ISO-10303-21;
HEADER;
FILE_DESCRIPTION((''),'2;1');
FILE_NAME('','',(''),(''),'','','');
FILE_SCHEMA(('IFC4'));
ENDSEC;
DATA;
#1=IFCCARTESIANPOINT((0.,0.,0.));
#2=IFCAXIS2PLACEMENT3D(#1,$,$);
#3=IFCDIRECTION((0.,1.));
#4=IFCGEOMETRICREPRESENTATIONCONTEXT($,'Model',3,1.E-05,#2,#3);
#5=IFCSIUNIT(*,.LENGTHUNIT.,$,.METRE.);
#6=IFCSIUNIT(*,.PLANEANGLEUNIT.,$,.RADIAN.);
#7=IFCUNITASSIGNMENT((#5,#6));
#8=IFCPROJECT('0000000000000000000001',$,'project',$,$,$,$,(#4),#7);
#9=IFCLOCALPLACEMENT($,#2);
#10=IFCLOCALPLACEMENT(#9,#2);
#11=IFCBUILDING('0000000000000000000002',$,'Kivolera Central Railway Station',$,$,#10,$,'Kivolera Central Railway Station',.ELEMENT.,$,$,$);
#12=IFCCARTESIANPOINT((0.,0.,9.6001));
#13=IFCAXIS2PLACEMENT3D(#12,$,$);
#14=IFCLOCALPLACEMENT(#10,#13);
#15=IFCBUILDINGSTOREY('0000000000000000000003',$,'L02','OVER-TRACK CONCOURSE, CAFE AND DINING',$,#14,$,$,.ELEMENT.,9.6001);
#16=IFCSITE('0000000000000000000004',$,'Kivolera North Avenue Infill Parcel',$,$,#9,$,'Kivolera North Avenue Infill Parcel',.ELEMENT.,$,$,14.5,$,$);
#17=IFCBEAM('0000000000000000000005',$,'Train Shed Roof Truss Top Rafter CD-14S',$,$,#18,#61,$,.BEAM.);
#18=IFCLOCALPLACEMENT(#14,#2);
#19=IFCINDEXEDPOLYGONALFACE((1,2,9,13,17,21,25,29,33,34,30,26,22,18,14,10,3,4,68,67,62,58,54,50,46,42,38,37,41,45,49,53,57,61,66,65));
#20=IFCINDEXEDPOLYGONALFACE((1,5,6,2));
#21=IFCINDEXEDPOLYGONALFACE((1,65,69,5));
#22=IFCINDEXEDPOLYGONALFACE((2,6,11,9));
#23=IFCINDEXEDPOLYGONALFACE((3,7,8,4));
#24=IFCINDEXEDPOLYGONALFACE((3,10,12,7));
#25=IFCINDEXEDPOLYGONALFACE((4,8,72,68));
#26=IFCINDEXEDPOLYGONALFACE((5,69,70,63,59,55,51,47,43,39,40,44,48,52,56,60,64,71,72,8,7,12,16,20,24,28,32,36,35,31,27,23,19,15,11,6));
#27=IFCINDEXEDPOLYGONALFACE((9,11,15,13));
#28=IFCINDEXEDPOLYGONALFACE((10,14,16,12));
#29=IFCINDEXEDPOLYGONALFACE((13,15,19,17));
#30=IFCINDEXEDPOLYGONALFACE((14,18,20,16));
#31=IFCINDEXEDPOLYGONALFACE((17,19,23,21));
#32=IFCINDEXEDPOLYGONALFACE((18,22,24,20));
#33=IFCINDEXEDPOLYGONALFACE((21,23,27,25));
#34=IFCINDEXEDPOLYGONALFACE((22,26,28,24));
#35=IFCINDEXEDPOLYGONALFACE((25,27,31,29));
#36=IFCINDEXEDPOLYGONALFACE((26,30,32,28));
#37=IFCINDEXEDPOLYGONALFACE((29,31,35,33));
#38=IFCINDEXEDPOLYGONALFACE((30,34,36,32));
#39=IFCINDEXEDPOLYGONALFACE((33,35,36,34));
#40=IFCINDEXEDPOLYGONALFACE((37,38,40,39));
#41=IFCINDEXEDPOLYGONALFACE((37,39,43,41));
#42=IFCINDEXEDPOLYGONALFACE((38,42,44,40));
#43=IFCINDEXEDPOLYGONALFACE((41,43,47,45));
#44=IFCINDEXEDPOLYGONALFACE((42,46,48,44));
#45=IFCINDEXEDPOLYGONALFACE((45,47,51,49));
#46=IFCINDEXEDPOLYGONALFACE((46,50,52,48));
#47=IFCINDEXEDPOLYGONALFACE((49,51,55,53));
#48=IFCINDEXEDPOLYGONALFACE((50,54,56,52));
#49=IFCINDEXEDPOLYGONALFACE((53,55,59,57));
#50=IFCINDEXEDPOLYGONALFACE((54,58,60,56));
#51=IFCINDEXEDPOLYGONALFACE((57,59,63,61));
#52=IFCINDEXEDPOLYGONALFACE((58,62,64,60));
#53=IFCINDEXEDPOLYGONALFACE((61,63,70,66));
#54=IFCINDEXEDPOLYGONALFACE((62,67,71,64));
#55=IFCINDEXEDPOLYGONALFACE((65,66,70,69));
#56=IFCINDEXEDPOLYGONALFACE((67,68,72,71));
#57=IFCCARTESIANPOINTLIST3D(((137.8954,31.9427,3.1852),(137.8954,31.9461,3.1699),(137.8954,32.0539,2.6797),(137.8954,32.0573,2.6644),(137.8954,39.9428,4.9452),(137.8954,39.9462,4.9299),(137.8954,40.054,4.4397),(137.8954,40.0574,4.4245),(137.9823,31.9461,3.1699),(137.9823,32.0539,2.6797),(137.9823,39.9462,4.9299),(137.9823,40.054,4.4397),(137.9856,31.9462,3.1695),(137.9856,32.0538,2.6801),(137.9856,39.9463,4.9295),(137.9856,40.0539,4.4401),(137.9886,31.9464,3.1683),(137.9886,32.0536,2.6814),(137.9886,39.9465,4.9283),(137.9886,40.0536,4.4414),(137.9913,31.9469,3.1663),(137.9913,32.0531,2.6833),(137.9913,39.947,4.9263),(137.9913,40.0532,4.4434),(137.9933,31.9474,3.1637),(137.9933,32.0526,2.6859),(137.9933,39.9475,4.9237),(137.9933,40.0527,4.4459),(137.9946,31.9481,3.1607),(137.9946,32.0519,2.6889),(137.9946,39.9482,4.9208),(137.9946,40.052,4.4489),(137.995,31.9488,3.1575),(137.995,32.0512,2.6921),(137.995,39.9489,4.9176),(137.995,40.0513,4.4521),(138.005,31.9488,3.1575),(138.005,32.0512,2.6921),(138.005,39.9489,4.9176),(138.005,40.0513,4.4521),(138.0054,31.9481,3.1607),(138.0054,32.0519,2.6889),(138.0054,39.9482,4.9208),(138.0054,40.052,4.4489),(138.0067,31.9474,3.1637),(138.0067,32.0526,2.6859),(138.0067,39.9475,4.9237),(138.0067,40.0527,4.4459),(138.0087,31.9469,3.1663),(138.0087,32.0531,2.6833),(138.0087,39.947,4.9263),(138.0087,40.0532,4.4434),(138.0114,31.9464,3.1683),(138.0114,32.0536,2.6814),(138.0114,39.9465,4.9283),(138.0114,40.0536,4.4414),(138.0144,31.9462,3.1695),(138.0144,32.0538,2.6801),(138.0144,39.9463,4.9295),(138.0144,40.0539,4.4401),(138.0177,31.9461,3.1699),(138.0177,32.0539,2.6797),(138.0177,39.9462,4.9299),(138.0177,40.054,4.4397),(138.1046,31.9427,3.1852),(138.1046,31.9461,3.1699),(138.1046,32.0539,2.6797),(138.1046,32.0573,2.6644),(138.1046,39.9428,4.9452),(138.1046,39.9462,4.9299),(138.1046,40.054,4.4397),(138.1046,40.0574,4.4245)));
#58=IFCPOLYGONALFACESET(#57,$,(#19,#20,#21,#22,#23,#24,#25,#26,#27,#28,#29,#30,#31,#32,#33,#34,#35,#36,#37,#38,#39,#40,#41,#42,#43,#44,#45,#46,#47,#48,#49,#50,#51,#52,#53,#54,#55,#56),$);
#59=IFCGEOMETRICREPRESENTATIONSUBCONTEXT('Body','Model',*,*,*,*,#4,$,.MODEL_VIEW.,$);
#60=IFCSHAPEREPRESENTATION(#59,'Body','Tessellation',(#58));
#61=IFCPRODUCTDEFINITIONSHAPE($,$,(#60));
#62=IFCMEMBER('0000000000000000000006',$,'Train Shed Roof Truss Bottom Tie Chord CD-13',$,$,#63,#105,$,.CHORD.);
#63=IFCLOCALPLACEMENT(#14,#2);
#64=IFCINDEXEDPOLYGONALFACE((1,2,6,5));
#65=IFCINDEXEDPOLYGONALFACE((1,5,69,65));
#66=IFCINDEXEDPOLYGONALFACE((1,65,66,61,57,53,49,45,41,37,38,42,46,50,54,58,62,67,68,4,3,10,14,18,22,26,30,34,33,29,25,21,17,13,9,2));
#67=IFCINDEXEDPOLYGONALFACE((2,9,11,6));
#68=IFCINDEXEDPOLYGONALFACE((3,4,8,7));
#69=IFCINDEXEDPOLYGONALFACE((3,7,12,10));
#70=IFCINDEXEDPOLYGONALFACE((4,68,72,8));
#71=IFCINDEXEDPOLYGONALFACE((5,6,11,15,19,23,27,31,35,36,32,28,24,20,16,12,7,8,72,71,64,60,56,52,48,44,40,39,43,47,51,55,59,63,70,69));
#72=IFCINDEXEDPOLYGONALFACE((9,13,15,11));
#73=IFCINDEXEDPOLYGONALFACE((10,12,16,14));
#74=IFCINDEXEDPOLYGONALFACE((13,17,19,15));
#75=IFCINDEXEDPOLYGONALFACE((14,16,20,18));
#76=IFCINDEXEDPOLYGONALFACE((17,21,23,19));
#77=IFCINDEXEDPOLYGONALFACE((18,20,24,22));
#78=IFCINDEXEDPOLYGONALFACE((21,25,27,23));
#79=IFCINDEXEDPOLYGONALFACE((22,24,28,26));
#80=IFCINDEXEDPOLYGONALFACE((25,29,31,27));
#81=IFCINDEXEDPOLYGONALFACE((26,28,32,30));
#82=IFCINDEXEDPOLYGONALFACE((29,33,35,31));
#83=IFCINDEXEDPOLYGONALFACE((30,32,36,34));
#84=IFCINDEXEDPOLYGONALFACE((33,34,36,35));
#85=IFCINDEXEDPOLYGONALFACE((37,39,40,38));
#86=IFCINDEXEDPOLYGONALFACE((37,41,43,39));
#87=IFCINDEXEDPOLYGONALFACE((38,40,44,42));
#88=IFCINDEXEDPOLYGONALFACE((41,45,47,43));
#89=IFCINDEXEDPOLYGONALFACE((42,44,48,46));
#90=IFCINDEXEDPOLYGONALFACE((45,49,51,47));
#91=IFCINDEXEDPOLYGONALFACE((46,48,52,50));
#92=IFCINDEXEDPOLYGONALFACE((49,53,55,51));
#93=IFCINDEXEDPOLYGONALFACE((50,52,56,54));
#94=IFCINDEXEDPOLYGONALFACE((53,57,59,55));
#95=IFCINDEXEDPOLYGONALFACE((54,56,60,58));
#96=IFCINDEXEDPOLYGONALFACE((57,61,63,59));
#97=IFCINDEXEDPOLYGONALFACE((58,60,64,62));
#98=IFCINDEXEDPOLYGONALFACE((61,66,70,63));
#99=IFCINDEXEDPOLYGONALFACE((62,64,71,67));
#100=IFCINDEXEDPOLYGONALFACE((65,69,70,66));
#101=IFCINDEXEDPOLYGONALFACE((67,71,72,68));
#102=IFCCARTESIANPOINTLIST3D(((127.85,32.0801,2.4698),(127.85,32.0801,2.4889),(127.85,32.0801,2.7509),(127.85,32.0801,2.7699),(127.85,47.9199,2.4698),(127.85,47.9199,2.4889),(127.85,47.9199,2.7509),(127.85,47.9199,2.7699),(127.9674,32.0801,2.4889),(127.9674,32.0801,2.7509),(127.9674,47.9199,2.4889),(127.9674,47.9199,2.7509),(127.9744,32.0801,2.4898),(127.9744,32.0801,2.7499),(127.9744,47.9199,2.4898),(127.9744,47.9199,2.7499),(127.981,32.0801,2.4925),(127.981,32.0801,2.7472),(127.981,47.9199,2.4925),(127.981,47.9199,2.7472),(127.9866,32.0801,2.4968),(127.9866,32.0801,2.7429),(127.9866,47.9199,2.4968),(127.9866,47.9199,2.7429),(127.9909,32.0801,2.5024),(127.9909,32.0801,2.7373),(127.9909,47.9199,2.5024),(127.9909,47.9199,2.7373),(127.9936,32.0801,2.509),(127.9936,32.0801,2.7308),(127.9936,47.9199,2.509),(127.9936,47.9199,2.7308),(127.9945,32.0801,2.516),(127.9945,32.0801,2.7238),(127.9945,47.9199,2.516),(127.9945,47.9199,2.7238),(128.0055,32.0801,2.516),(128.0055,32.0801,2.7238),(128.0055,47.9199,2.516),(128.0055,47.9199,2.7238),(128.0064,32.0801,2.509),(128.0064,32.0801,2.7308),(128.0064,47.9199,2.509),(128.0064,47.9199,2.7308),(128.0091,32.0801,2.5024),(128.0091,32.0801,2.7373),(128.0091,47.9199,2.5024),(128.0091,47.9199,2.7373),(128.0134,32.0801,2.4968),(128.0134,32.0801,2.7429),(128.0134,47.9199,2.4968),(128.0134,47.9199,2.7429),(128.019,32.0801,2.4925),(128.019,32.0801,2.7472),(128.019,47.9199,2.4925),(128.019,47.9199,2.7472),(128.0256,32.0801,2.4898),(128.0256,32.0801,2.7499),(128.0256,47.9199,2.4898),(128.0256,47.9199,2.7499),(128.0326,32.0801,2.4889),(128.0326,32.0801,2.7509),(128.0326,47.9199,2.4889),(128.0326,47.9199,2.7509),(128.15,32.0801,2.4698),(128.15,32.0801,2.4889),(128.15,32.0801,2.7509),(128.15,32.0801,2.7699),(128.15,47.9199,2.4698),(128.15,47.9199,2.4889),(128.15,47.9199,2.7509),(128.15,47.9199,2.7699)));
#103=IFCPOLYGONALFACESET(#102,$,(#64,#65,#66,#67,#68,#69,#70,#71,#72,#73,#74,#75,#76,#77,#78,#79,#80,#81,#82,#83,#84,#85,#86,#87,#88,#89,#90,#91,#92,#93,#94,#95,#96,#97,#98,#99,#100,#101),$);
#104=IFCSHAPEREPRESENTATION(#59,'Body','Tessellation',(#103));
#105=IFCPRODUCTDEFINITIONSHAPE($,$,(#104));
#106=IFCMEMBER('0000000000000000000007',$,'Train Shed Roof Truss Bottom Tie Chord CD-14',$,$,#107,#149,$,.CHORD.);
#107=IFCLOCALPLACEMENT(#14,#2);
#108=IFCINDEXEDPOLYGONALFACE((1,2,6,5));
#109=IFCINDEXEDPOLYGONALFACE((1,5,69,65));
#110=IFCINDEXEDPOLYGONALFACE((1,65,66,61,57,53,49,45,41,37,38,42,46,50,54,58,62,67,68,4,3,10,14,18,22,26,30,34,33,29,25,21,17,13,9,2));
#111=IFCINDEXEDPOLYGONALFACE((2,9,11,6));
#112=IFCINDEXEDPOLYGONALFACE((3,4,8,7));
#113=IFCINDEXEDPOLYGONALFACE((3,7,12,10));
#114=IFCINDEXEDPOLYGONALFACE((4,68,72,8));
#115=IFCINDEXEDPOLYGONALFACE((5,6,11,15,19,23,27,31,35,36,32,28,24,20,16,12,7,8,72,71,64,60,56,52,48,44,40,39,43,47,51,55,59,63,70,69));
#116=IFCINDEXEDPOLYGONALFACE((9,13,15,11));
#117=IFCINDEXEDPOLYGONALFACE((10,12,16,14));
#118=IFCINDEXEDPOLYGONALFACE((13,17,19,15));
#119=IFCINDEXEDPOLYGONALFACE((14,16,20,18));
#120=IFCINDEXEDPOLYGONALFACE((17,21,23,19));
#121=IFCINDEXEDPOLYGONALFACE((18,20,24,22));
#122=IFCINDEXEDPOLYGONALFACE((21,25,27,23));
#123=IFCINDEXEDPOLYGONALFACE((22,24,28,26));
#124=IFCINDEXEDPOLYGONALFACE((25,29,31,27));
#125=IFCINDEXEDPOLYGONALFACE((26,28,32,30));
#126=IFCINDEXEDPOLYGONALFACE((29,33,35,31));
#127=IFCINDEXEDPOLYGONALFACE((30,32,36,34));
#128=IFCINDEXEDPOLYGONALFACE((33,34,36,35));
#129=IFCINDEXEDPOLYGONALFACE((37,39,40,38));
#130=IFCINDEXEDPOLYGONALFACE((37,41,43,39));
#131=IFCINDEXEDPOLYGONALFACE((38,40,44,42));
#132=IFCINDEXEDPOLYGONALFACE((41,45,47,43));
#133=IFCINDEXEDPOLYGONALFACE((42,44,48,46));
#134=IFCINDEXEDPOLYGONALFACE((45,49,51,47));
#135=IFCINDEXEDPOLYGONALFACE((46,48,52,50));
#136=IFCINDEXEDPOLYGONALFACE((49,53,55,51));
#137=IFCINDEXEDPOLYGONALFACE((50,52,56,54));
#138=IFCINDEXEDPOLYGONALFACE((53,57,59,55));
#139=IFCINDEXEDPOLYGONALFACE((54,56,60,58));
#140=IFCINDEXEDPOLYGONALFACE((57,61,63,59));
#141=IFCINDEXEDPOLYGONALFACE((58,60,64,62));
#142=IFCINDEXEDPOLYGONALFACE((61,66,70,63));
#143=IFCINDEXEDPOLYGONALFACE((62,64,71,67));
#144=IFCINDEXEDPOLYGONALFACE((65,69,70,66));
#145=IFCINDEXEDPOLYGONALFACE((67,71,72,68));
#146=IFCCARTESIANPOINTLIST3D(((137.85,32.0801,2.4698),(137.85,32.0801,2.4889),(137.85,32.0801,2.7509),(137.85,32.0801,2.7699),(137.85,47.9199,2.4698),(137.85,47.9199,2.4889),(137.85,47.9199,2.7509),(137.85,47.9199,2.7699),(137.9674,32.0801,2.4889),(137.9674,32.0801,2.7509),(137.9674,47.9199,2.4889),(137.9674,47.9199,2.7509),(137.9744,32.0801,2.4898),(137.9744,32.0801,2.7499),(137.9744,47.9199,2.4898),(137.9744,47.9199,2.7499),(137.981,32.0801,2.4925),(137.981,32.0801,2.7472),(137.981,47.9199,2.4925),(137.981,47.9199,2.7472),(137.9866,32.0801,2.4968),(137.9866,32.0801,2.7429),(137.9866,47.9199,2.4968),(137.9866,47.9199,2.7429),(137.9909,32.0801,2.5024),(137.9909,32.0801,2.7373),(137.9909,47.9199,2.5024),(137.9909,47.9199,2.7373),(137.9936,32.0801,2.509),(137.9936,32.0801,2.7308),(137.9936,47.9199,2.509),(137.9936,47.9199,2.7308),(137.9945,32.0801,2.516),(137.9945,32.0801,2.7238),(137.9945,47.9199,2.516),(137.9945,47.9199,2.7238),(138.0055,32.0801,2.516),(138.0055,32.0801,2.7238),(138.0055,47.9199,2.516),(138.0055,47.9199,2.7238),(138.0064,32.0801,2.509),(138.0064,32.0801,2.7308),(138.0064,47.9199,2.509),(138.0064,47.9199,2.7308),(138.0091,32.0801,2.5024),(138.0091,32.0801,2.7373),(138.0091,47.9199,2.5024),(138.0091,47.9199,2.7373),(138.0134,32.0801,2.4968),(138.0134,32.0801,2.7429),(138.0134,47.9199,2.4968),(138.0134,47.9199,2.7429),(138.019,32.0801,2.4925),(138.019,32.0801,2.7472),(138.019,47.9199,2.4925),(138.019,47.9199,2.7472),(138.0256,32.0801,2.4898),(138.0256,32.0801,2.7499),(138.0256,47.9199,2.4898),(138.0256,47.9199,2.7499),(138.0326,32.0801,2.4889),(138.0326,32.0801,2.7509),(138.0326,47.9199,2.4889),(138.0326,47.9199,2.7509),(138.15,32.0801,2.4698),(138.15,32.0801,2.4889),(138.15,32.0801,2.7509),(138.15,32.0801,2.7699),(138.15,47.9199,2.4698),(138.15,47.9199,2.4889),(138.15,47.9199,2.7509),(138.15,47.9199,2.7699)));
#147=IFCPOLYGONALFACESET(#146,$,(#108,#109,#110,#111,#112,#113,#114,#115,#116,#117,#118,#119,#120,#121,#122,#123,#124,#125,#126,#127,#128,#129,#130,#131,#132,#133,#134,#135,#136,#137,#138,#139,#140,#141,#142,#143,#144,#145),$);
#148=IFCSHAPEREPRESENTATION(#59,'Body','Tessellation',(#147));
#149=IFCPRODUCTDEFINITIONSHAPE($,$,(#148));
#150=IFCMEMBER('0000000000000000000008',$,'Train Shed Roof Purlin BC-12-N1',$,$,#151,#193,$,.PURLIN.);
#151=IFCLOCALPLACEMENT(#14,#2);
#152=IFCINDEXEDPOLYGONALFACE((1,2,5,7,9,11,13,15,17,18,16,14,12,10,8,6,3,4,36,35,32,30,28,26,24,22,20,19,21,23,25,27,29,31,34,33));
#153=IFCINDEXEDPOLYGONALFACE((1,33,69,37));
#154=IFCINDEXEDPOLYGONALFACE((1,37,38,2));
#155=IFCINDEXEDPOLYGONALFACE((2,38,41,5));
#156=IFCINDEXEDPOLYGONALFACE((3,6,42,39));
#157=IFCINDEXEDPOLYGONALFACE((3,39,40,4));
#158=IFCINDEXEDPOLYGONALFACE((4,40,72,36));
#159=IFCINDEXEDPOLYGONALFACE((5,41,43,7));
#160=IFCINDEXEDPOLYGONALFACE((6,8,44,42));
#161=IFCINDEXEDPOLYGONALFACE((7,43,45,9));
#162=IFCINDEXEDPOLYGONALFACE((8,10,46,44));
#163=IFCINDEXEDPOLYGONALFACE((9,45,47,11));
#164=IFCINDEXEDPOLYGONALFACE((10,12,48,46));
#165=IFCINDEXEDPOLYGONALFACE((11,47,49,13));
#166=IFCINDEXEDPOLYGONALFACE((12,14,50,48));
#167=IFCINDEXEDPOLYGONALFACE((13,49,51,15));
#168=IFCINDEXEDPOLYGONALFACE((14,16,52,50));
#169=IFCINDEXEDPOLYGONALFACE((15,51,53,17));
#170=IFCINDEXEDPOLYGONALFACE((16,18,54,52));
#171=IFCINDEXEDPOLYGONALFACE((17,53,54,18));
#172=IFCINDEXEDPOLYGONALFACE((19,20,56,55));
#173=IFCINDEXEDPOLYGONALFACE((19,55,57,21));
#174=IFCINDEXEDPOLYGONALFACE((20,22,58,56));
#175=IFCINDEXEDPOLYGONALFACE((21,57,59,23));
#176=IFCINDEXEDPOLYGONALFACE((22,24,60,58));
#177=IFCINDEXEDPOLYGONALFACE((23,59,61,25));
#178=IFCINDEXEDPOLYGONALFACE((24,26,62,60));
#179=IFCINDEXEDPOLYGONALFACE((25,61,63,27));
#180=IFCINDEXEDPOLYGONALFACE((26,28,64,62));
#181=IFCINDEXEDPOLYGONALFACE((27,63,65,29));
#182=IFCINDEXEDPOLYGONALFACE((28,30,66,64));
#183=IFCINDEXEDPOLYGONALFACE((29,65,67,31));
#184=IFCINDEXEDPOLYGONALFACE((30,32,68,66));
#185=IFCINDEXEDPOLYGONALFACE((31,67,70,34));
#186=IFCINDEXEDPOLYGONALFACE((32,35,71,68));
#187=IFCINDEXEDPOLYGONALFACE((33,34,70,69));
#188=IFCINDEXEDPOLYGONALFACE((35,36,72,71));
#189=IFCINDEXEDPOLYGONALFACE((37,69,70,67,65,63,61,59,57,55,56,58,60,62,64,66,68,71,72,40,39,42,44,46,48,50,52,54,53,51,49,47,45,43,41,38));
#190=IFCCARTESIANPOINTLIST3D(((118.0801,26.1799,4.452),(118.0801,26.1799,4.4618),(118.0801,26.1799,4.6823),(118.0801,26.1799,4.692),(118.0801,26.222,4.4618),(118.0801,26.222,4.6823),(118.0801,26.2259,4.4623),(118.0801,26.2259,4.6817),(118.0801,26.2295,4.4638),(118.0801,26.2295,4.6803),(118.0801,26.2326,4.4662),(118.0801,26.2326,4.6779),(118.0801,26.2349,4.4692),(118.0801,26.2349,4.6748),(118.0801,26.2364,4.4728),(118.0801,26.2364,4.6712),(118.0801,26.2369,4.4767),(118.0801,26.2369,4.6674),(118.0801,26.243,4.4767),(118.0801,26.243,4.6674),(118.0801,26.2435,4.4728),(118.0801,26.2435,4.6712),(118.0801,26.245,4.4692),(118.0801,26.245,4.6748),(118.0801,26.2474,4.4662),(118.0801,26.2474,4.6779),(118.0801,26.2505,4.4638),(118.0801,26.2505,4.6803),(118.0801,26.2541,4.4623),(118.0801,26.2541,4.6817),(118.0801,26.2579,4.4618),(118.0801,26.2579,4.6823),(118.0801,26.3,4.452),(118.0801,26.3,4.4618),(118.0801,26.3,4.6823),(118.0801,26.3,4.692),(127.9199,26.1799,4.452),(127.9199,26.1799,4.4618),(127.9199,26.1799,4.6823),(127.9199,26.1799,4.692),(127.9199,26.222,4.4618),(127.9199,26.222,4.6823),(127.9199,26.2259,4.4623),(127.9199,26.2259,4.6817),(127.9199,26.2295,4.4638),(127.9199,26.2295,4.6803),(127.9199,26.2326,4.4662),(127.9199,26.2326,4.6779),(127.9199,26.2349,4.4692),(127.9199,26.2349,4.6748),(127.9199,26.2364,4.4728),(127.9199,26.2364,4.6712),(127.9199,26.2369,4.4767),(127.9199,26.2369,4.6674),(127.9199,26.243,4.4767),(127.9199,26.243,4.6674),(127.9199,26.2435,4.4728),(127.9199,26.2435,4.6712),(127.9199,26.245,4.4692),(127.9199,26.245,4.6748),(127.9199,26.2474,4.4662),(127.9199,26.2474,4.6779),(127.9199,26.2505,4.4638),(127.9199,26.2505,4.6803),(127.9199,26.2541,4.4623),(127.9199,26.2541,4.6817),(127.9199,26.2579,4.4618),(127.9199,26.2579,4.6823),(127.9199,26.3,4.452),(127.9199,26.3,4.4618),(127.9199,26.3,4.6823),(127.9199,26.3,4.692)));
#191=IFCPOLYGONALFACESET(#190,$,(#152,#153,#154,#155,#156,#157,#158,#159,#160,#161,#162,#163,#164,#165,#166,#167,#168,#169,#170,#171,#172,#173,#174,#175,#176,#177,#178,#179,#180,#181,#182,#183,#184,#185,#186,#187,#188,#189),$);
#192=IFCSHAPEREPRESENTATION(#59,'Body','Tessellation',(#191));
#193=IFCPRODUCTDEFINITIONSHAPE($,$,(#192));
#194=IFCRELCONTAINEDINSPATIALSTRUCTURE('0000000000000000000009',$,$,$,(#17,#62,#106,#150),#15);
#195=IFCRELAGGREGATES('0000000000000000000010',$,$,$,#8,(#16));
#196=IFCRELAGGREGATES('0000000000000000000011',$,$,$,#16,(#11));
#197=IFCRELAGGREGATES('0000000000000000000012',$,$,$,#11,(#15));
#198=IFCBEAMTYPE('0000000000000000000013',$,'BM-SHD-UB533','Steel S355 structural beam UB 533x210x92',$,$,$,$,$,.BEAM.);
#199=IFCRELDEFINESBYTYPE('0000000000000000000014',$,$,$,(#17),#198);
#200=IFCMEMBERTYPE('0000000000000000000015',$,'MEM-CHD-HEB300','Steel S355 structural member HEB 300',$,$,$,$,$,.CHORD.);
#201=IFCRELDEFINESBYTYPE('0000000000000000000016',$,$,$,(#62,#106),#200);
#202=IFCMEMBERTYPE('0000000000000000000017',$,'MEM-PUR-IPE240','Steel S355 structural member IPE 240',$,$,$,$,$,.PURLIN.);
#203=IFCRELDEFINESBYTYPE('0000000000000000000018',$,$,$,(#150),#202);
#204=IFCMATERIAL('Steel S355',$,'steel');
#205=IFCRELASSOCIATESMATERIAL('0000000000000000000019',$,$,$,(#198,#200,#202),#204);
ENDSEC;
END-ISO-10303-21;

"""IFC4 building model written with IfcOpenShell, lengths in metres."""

from ifc_helpers import new_model, si_unit, direction, frame, origin, origin_2d, place, context, subcontext, project, spatial, i_section, extrude, material, material_profile, profile_set, type_object, element, save


model = new_model("IFC4")

# Units and contexts
model_context = context("Model", 3, precision=1e-05, world=origin(), true_north=direction((0.0, 1.0)))
body_context = subcontext(model_context, "Body", "Model", "MODEL_VIEW")
ifc_project = project(units=[si_unit("LENGTHUNIT", "METRE"), si_unit("PLANEANGLEUNIT", "RADIAN")], contexts=[model_context])

# Site, building, storey
site_placement = place(None, origin())
site = spatial("IfcSite", under=ifc_project, at=site_placement, Name="Kivolera North Avenue Infill Parcel", LongName="Kivolera North Avenue Infill Parcel", CompositionType="ELEMENT", RefElevation=14.5)
building_placement = place(site_placement, origin())
building = spatial("IfcBuilding", under=site, at=building_placement, Name="Kivolera Central Railway Station", LongName="Kivolera Central Railway Station", CompositionType="ELEMENT")
storey_placement = place(building_placement, frame((0.0, 0.0, 9.6001)))
storey = spatial("IfcBuildingStorey", under=building, at=storey_placement, Name="L02", Description="OVER-TRACK CONCOURSE, CAFE AND DINING", CompositionType="ELEMENT", Elevation=9.6001)

# Shared definitions
ifc_material_1 = material(Name="Steel S355", Category="steel")

# Beam
ifc_material_profile_1 = material_profile(ifc_material_1, i_section(OverallWidth=0.2092, OverallDepth=0.5332, WebThickness=0.01, FlangeThickness=0.0156, FilletRadius=0.0127, at=origin_2d()), Name="UB 533x210x92")
ifc_profile_set_1 = profile_set([ifc_material_profile_1], Name="Steel S355")
beam_type_1 = type_object("IfcBeamType", Name="BM-SHD-UB533", Description="Steel S355 structural beam UB 533x210x92", PredefinedType="BEAM", material=ifc_profile_set_1)
for number, where, z_axis, x_axis, name in (
    (1, (138.0, 32.0, 2.9248), (0.0, 0.976644, 0.214863), (-1.0, 0.0, 0.0), "Train Shed Roof Truss Top Rafter CD-14S"),
):
    element("IfcBeam", number, at=place(storey_placement, frame(where, z_axis=z_axis, x_axis=x_axis)), inside=storey, type_object=beam_type_1, Name=name, PredefinedType="BEAM", context=body_context, shape_type="SweptSolid", body=[
        extrude(i_section(OverallWidth=0.2092, OverallDepth=0.5332, WebThickness=0.01, FlangeThickness=0.0156, FilletRadius=0.0127, at=origin_2d()), origin(), (0.0, 0.0, 1.0), 8.1914),
    ])

# Members
ifc_material_profile_2 = material_profile(ifc_material_1, i_section(OverallWidth=0.3, OverallDepth=0.3, WebThickness=0.011, FlangeThickness=0.019, FilletRadius=0.0271, at=origin_2d()), Name="HEB 300")
ifc_profile_set_2 = profile_set([ifc_material_profile_2], Name="Steel S355")
member_type_1 = type_object("IfcMemberType", Name="MEM-CHD-HEB300", Description="Steel S355 structural member HEB 300", PredefinedType="CHORD", material=ifc_profile_set_2)
for number, where, z_axis, x_axis, name in (
    (2, (128.0, 32.0801, 2.6199), (0.0, 1.0, 0.0), (-1.0, 0.0, 0.0), "Train Shed Roof Truss Bottom Tie Chord CD-13"),
    (3, (138.0, 32.0801, 2.6199), (0.0, 1.0, 0.0), (-1.0, 0.0, 0.0), "Train Shed Roof Truss Bottom Tie Chord CD-14"),
):
    element("IfcMember", number, at=place(storey_placement, frame(where, z_axis=z_axis, x_axis=x_axis)), inside=storey, type_object=member_type_1, Name=name, PredefinedType="CHORD", context=body_context, shape_type="SweptSolid", body=[
        extrude(i_section(OverallWidth=0.3, OverallDepth=0.3, WebThickness=0.011, FlangeThickness=0.019, FilletRadius=0.0271, at=origin_2d()), origin(), (0.0, 0.0, 1.0), 15.8398),
    ])
ifc_material_profile_3 = material_profile(ifc_material_1, i_section(OverallWidth=0.1201, OverallDepth=0.24, WebThickness=0.0061, FlangeThickness=0.0098, FilletRadius=0.0149, at=origin_2d()), Name="IPE 240")
ifc_profile_set_3 = profile_set([ifc_material_profile_3], Name="Steel S355")
member_type_2 = type_object("IfcMemberType", Name="MEM-PUR-IPE240", Description="Steel S355 structural member IPE 240", PredefinedType="PURLIN", material=ifc_profile_set_3)
for number, where, z_axis, x_axis, name in (
    (4, (118.0801, 26.24, 4.572), (1.0, 0.0, 0.0), (0.0, 1.0, 0.0), "Train Shed Roof Purlin BC-12-N1"),
):
    element("IfcMember", number, at=place(storey_placement, frame(where, z_axis=z_axis, x_axis=x_axis)), inside=storey, type_object=member_type_2, Name=name, PredefinedType="PURLIN", context=body_context, shape_type="SweptSolid", body=[
        extrude(i_section(OverallWidth=0.1201, OverallDepth=0.24, WebThickness=0.0061, FlangeThickness=0.0098, FilletRadius=0.0149, at=origin_2d()), origin(), (0.0, 0.0, 1.0), 9.8398),
    ])

save(model, "model.ifc")
